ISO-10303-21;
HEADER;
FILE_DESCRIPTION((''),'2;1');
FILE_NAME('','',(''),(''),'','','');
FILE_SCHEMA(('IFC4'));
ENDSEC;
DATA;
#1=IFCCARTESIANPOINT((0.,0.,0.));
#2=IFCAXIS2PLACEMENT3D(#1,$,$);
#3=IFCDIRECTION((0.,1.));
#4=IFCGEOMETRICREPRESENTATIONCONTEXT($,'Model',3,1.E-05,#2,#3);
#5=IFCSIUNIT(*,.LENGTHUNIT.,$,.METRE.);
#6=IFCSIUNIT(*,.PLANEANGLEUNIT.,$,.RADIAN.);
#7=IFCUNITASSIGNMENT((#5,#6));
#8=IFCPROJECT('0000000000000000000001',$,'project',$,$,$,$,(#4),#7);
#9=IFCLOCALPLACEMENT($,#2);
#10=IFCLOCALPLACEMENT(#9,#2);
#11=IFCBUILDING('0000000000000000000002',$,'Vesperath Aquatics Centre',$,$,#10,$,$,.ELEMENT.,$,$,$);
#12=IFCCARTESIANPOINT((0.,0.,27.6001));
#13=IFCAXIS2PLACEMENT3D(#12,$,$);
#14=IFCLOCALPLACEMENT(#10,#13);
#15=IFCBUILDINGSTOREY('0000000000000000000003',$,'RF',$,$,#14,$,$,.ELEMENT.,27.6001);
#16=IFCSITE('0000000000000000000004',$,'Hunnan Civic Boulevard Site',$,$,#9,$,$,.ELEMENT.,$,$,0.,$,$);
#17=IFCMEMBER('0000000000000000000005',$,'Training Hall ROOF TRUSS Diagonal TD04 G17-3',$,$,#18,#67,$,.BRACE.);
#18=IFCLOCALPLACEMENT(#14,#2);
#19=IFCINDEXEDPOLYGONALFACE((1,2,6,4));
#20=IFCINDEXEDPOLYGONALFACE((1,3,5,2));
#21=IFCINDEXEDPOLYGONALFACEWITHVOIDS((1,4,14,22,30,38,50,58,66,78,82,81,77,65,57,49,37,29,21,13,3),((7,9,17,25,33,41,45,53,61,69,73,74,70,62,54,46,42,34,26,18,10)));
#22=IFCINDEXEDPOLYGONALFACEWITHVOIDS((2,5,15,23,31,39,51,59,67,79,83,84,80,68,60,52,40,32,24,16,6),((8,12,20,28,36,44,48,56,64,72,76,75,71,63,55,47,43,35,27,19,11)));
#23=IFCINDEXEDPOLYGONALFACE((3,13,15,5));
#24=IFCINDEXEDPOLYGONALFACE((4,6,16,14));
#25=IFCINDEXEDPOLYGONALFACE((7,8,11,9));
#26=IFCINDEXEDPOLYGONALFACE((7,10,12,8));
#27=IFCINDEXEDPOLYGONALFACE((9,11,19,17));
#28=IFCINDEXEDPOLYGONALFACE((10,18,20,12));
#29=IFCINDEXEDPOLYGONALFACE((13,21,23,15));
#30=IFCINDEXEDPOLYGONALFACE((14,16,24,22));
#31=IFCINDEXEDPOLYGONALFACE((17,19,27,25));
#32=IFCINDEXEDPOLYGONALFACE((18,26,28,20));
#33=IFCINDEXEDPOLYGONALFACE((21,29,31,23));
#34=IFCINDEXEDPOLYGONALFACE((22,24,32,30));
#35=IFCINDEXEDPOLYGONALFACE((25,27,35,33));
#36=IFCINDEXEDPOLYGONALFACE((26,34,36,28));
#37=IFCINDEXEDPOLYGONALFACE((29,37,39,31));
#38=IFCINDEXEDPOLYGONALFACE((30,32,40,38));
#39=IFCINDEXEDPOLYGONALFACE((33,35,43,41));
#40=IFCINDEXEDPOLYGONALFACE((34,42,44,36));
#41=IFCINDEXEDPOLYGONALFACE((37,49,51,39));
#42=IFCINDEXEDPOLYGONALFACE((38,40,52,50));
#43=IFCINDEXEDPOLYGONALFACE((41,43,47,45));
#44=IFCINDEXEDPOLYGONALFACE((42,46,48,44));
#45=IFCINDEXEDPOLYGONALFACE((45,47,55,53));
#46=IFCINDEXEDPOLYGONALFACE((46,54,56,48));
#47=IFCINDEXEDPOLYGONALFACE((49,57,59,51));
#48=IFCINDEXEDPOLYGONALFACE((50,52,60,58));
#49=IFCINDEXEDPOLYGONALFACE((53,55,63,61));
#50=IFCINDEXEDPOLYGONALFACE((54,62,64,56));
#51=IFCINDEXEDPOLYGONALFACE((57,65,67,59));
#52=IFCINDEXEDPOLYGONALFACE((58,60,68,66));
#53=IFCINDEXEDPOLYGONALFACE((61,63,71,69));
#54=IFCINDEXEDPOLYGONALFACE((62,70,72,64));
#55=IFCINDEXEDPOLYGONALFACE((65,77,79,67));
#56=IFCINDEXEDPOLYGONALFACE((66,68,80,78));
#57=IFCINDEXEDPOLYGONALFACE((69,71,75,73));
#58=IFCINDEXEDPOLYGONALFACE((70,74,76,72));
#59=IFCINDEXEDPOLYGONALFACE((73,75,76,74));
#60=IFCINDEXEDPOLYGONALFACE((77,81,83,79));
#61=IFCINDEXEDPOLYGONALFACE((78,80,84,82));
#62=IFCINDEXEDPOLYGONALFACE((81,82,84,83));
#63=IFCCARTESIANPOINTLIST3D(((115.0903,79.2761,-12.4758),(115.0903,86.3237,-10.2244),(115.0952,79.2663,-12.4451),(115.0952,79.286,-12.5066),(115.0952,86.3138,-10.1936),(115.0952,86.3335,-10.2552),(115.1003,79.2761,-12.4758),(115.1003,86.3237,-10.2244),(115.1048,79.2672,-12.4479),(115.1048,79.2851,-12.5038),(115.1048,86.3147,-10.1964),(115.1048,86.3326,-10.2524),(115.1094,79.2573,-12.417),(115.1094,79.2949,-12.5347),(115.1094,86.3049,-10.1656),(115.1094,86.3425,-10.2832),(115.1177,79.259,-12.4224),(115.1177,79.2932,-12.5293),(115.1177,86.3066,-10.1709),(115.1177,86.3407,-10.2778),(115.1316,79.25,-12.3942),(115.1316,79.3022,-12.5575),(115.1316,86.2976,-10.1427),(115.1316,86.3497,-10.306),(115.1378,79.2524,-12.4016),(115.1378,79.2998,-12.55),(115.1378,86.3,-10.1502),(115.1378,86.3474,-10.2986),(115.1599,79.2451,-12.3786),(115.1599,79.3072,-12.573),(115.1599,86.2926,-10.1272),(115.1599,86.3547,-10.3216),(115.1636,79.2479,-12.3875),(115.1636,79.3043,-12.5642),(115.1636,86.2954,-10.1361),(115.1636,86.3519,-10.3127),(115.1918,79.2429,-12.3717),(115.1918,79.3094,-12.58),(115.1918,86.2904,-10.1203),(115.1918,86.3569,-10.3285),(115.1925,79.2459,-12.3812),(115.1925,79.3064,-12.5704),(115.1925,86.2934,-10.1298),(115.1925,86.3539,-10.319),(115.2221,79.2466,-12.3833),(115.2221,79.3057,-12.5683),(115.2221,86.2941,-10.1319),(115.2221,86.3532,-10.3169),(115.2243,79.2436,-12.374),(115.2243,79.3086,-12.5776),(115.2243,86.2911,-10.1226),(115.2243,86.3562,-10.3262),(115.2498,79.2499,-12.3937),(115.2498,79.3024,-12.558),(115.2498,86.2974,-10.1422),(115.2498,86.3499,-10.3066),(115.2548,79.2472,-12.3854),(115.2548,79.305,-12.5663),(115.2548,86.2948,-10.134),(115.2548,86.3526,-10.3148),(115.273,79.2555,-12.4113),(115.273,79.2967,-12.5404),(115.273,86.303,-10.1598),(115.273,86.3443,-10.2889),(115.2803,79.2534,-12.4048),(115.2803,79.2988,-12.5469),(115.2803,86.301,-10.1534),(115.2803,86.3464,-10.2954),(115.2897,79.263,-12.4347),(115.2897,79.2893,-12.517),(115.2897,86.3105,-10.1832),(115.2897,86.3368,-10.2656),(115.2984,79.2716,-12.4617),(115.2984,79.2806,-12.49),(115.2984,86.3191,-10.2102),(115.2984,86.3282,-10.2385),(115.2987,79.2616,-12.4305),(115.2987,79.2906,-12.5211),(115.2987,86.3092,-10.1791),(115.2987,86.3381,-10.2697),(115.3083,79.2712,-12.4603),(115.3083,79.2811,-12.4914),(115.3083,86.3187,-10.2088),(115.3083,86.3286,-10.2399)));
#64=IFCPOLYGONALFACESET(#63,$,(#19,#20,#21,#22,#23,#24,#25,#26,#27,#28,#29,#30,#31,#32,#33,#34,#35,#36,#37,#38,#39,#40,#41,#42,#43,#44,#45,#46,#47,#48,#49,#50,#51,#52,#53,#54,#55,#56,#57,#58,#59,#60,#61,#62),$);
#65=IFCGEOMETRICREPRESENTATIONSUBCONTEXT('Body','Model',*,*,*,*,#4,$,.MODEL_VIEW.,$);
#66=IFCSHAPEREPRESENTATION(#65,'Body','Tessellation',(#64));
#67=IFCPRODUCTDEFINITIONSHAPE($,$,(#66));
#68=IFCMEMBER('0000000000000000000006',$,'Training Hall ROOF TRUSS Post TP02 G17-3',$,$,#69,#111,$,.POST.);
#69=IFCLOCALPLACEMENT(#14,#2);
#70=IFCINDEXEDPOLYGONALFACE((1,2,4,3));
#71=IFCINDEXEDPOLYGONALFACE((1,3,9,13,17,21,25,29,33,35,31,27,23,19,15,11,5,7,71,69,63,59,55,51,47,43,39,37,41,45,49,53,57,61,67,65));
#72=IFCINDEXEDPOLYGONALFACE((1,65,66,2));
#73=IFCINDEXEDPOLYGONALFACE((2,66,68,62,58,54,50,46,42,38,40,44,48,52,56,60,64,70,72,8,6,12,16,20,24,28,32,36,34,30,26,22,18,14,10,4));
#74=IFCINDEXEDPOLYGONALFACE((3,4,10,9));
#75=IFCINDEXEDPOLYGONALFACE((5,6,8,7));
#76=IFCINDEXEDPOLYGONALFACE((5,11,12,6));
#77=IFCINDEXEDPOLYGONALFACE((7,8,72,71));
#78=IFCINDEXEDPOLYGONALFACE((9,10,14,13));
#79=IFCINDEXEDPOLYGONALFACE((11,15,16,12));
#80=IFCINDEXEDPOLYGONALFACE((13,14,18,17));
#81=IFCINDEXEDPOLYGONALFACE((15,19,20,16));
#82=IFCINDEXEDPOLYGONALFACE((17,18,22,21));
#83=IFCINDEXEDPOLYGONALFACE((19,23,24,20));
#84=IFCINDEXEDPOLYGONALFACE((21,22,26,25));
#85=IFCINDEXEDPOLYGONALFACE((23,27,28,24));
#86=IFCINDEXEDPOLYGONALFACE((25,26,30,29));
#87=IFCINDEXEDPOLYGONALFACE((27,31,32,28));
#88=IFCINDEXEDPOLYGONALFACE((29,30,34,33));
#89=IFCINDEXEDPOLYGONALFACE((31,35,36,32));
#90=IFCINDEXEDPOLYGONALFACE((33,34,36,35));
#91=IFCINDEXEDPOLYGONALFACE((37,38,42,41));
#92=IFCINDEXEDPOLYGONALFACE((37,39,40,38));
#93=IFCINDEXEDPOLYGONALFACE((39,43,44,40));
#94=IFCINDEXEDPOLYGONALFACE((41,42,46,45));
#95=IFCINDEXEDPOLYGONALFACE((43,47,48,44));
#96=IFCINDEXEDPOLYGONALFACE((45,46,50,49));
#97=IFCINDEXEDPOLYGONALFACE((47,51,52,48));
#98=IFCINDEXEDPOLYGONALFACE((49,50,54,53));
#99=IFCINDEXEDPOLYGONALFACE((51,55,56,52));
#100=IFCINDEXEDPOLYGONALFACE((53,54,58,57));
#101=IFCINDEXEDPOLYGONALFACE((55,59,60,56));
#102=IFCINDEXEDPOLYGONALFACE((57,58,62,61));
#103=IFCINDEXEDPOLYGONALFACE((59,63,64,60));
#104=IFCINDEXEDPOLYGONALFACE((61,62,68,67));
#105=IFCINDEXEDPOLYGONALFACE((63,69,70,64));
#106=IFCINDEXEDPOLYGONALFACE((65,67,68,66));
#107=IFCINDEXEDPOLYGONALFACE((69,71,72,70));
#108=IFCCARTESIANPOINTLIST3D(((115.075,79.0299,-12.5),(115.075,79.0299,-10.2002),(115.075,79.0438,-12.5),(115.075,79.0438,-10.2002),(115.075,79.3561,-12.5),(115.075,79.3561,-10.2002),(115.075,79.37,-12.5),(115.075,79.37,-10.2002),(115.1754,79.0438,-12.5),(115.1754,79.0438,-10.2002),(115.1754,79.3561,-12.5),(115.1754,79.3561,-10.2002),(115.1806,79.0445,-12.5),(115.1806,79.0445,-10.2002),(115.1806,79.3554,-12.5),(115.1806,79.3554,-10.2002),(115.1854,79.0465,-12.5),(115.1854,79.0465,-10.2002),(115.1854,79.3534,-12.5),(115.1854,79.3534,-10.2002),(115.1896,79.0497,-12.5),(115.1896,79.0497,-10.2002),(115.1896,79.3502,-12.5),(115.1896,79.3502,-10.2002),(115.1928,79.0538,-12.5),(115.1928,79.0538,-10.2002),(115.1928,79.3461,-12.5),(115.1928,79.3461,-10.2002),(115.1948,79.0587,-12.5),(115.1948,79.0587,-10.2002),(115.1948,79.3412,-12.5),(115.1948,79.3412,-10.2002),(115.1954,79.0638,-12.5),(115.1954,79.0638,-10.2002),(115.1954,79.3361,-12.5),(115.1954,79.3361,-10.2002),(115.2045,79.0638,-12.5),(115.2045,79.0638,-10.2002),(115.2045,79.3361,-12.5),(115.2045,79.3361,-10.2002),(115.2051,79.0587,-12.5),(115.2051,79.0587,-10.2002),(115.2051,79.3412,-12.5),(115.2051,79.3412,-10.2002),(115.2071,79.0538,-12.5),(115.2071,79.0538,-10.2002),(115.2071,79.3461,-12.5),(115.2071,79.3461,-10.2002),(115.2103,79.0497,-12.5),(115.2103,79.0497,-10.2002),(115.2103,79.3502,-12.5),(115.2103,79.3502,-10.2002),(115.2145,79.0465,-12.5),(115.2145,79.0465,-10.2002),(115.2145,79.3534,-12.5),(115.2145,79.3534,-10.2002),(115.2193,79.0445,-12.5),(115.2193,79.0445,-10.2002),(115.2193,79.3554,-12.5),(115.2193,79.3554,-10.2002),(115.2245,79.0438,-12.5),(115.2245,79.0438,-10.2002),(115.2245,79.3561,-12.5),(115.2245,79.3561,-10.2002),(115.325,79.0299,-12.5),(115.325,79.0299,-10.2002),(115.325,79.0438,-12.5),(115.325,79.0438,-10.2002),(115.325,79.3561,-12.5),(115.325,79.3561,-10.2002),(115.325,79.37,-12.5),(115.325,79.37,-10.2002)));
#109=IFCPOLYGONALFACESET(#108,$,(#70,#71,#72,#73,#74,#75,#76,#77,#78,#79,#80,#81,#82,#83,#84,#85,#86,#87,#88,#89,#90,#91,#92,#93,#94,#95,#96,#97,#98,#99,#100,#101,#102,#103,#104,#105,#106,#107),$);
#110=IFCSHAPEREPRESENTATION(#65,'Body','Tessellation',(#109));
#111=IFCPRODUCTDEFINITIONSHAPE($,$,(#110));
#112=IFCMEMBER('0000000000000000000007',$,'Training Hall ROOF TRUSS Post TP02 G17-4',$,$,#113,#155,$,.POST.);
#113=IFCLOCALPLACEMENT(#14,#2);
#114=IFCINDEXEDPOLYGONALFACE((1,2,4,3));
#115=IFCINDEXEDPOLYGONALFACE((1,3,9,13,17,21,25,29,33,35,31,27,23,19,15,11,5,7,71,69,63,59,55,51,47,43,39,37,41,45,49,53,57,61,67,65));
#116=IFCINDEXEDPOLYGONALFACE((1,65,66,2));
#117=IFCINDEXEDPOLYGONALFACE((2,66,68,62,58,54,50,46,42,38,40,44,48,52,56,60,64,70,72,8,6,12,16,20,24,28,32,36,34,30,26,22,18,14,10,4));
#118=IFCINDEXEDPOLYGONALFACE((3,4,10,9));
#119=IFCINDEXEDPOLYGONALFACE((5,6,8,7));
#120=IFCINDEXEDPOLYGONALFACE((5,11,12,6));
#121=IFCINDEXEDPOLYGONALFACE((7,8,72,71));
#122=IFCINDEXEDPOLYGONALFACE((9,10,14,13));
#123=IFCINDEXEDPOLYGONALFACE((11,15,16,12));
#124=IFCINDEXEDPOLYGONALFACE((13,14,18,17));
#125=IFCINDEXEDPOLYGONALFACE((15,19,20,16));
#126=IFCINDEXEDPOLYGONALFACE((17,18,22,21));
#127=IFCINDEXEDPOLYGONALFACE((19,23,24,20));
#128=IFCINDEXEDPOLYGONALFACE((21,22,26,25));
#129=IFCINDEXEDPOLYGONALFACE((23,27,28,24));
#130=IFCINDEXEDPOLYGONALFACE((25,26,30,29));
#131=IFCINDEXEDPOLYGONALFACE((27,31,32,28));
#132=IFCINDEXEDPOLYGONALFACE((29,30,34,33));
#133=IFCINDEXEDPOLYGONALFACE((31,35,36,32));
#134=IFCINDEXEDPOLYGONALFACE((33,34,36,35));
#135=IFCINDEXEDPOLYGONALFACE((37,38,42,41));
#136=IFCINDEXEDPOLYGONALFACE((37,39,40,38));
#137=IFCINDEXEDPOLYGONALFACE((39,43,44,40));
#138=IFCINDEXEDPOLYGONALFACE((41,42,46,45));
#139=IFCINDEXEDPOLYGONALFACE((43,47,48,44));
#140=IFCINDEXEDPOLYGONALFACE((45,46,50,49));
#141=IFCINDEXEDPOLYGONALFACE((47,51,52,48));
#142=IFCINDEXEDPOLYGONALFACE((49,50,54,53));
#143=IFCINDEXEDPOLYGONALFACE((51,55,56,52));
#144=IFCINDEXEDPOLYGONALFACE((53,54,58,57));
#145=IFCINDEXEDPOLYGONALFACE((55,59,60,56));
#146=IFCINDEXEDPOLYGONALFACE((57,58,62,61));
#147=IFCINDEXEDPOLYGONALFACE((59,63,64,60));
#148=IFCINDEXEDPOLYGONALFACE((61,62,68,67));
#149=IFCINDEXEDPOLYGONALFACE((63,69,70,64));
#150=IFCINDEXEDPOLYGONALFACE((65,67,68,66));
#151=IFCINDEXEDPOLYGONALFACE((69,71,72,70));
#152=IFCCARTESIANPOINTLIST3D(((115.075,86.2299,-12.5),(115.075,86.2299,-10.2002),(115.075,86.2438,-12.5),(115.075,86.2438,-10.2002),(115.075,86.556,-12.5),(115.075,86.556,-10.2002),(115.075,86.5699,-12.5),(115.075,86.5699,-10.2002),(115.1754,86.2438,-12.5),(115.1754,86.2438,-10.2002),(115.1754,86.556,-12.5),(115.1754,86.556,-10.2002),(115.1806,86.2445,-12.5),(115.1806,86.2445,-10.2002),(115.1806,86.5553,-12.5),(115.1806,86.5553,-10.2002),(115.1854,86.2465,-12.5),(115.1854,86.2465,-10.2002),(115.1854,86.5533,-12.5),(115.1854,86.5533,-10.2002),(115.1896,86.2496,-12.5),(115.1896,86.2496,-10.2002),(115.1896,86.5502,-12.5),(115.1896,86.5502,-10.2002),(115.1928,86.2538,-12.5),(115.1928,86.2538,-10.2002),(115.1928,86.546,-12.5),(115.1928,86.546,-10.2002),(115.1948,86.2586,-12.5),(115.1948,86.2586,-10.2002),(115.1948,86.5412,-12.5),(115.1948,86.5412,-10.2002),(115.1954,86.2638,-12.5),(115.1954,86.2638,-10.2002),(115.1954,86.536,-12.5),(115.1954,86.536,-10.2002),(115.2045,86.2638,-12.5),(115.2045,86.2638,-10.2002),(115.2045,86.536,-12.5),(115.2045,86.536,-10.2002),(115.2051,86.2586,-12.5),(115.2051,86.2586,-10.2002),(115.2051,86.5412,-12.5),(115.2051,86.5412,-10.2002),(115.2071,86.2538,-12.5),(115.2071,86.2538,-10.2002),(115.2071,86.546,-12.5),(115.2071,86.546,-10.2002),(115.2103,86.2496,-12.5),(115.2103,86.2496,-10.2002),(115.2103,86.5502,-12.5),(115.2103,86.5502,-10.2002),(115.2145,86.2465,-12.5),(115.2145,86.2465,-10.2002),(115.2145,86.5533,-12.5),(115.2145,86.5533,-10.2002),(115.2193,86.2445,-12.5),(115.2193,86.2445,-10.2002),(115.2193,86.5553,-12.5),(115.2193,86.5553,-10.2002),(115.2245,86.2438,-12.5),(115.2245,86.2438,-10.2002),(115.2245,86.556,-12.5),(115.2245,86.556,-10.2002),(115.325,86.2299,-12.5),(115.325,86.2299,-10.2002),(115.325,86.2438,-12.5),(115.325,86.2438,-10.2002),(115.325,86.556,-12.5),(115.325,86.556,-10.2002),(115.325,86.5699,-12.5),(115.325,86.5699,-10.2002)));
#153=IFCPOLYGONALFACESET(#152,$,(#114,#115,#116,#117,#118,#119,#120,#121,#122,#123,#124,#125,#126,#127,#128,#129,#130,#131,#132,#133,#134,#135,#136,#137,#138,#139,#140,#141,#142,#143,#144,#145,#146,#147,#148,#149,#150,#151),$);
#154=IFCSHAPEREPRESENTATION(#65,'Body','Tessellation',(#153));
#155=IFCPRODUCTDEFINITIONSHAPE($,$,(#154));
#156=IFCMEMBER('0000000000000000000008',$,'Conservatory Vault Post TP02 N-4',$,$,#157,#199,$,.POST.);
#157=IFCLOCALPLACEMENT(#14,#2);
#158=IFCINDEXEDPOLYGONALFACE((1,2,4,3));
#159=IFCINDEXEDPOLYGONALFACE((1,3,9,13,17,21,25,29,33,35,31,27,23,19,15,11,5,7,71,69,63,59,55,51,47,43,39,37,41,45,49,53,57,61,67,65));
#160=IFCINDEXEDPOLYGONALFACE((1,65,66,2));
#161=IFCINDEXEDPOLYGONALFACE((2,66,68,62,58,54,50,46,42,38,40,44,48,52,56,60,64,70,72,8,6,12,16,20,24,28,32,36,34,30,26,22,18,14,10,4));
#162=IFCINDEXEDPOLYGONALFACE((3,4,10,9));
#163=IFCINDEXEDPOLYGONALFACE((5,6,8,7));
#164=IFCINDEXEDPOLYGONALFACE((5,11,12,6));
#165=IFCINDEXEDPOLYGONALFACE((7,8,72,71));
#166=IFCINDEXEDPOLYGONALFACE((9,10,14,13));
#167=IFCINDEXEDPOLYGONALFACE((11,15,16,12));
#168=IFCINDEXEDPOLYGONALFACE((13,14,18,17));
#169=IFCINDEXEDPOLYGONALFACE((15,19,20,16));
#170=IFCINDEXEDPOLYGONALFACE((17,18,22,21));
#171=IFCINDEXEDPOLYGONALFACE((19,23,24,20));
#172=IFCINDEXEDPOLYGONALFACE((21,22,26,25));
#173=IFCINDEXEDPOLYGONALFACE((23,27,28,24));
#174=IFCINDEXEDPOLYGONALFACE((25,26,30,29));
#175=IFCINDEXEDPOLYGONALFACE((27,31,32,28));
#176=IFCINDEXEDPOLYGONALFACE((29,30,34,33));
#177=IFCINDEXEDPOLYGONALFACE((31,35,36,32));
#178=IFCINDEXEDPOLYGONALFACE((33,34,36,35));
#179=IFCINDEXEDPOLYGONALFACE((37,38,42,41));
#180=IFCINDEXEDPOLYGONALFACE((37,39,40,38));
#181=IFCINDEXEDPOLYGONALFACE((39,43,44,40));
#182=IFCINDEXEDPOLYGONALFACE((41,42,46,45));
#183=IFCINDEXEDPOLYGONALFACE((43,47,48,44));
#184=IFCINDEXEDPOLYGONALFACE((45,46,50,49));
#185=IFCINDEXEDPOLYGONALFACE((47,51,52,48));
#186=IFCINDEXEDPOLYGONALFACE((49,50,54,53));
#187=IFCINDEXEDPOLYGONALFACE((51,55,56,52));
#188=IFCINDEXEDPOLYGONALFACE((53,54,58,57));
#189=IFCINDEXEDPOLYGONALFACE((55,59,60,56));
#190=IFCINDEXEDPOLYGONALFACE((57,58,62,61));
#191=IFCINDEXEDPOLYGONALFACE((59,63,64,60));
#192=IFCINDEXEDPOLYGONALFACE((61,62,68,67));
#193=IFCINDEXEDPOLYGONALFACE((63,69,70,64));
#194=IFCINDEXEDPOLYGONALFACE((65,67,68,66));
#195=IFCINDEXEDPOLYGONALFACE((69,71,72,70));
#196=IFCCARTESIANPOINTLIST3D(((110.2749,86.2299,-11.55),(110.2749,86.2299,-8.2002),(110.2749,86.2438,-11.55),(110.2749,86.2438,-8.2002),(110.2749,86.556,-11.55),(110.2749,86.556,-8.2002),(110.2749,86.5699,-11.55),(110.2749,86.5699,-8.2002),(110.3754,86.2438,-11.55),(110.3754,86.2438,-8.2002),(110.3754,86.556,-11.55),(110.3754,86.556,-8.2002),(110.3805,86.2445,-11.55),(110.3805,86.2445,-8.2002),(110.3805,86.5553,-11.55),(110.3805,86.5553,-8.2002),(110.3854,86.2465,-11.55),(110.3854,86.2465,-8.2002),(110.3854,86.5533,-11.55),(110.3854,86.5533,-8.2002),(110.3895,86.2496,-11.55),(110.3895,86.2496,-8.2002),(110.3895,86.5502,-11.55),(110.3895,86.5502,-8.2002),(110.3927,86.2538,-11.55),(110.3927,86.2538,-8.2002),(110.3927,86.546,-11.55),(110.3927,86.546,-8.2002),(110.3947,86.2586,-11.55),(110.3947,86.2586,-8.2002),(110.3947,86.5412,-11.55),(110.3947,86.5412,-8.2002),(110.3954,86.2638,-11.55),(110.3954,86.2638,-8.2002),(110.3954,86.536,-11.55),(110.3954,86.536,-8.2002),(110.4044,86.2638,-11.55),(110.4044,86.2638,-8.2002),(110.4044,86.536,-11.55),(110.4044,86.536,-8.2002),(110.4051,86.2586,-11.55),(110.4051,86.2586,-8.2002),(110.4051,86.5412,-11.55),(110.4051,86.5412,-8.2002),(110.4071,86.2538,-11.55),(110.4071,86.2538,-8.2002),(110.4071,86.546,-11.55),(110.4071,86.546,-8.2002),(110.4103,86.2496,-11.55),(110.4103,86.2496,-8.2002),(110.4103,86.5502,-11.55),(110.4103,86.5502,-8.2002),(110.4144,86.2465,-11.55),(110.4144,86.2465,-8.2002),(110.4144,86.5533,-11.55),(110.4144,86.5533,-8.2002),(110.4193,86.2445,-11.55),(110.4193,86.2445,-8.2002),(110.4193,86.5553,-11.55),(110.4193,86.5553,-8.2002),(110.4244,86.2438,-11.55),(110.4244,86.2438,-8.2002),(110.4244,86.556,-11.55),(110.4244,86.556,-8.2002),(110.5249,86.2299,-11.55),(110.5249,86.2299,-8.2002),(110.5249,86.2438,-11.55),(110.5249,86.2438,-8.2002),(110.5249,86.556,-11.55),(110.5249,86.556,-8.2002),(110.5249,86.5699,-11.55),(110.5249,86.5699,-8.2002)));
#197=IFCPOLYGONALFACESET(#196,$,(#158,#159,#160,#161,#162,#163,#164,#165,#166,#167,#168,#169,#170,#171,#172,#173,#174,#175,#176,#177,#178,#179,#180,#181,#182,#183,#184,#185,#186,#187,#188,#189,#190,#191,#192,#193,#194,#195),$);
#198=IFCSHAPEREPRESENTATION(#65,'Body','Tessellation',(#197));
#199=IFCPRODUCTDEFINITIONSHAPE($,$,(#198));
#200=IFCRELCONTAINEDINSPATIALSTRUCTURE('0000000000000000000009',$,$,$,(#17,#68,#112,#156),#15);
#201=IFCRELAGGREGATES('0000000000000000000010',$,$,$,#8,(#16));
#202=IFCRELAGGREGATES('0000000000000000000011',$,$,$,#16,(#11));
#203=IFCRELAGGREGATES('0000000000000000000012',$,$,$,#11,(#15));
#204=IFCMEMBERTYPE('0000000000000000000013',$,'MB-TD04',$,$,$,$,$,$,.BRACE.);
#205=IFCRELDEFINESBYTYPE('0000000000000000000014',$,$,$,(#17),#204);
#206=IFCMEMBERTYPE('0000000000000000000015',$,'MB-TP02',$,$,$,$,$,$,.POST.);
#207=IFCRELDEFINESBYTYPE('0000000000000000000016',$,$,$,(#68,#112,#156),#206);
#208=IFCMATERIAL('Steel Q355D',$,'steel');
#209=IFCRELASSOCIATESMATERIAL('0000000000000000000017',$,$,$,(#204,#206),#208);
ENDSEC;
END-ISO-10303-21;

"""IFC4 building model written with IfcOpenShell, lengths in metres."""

from ifc_helpers import new_model, si_unit, direction, frame, origin, origin_2d, place, context, subcontext, project, spatial, hollow_circle, i_section, extrude, material, material_profile, profile_set, type_object, element, save


model = new_model("IFC4")

# Units and contexts
model_context = context("Model", 3, precision=1e-05, world=origin(), true_north=direction((0.0, 1.0)))
body_context = subcontext(model_context, "Body", "Model", "MODEL_VIEW")
ifc_project = project(units=[si_unit("LENGTHUNIT", "METRE"), si_unit("PLANEANGLEUNIT", "RADIAN")], contexts=[model_context])

# Site, building, storey
site_placement = place(None, origin())
site = spatial("IfcSite", under=ifc_project, at=site_placement, Name="Hunnan Civic Boulevard Site", CompositionType="ELEMENT", RefElevation=0.0)
building_placement = place(site_placement, origin())
building = spatial("IfcBuilding", under=site, at=building_placement, Name="Vesperath Aquatics Centre", CompositionType="ELEMENT")
storey_placement = place(building_placement, frame((0.0, 0.0, 27.6001)))
storey = spatial("IfcBuildingStorey", under=building, at=storey_placement, Name="RF", CompositionType="ELEMENT", Elevation=27.6001)

# Members
ifc_material_1 = material(Name="Steel Q355D", Category="steel")
ifc_material_profile_1 = material_profile(ifc_material_1, hollow_circle(Radius=0.1096, WallThickness=0.01, at=origin_2d()), Name="CHS 219.1x10")
ifc_profile_set_1 = profile_set([ifc_material_profile_1], Name="Steel Q355D")
member_type_1 = type_object("IfcMemberType", Name="MB-TD04", PredefinedType="BRACE", material=ifc_profile_set_1)
member_1_placement = place(storey_placement, frame((115.2, 79.2761, -12.4758), z_axis=(0.0, 0.952572, 0.304314), x_axis=(-1.0, 0.0, 0.0)))
element("IfcMember", 1, at=member_1_placement, inside=storey, type_object=member_type_1, Name="Training Hall ROOF TRUSS Diagonal TD04 G17-3", PredefinedType="BRACE", context=body_context, shape_type="SweptSolid", body=[
    extrude(hollow_circle(Radius=0.1096, WallThickness=0.01, at=origin_2d()), origin(), (0.0, 0.0, 1.0), 7.3984),
])
ifc_material_profile_2 = material_profile(ifc_material_1, i_section(OverallWidth=0.25, OverallDepth=0.3401, WebThickness=0.009, FlangeThickness=0.0139, FilletRadius=0.02, at=origin_2d()), Name="HM 340x250x9x14")
ifc_profile_set_2 = profile_set([ifc_material_profile_2], Name="Steel Q355D")
member_type_2 = type_object("IfcMemberType", Name="MB-TP02", PredefinedType="POST", material=ifc_profile_set_2)
for number, where, z_axis, x_axis, name in (
    (2, (115.2, 79.2, -12.5), (0.0, 0.0, 1.0), (1.0, 0.0, 0.0), "Training Hall ROOF TRUSS Post TP02 G17-3"),
    (3, (115.2, 86.3999, -12.5), (0.0, 0.0, 1.0), (1.0, 0.0, 0.0), "Training Hall ROOF TRUSS Post TP02 G17-4"),
):
    element("IfcMember", number, at=place(storey_placement, frame(where, z_axis=z_axis, x_axis=x_axis)), inside=storey, type_object=member_type_2, Name=name, PredefinedType="POST", context=body_context, shape_type="SweptSolid", body=[
        extrude(i_section(OverallWidth=0.25, OverallDepth=0.3401, WebThickness=0.009, FlangeThickness=0.0139, FilletRadius=0.02, at=origin_2d()), origin(), (0.0, 0.0, 1.0), 2.2998),
    ])
member_2_placement = place(storey_placement, frame((110.3999, 86.3999, -11.55), z_axis=(0.0, 0.0, 1.0), x_axis=(1.0, 0.0, 0.0)))
element("IfcMember", 4, at=member_2_placement, inside=storey, type_object=member_type_2, Name="Conservatory Vault Post TP02 N-4", PredefinedType="POST", context=body_context, shape_type="SweptSolid", body=[
    extrude(i_section(OverallWidth=0.25, OverallDepth=0.3401, WebThickness=0.009, FlangeThickness=0.0139, FilletRadius=0.02, at=origin_2d()), origin(), (0.0, 0.0, 1.0), 3.3499),
])

save(model, "model.ifc")
